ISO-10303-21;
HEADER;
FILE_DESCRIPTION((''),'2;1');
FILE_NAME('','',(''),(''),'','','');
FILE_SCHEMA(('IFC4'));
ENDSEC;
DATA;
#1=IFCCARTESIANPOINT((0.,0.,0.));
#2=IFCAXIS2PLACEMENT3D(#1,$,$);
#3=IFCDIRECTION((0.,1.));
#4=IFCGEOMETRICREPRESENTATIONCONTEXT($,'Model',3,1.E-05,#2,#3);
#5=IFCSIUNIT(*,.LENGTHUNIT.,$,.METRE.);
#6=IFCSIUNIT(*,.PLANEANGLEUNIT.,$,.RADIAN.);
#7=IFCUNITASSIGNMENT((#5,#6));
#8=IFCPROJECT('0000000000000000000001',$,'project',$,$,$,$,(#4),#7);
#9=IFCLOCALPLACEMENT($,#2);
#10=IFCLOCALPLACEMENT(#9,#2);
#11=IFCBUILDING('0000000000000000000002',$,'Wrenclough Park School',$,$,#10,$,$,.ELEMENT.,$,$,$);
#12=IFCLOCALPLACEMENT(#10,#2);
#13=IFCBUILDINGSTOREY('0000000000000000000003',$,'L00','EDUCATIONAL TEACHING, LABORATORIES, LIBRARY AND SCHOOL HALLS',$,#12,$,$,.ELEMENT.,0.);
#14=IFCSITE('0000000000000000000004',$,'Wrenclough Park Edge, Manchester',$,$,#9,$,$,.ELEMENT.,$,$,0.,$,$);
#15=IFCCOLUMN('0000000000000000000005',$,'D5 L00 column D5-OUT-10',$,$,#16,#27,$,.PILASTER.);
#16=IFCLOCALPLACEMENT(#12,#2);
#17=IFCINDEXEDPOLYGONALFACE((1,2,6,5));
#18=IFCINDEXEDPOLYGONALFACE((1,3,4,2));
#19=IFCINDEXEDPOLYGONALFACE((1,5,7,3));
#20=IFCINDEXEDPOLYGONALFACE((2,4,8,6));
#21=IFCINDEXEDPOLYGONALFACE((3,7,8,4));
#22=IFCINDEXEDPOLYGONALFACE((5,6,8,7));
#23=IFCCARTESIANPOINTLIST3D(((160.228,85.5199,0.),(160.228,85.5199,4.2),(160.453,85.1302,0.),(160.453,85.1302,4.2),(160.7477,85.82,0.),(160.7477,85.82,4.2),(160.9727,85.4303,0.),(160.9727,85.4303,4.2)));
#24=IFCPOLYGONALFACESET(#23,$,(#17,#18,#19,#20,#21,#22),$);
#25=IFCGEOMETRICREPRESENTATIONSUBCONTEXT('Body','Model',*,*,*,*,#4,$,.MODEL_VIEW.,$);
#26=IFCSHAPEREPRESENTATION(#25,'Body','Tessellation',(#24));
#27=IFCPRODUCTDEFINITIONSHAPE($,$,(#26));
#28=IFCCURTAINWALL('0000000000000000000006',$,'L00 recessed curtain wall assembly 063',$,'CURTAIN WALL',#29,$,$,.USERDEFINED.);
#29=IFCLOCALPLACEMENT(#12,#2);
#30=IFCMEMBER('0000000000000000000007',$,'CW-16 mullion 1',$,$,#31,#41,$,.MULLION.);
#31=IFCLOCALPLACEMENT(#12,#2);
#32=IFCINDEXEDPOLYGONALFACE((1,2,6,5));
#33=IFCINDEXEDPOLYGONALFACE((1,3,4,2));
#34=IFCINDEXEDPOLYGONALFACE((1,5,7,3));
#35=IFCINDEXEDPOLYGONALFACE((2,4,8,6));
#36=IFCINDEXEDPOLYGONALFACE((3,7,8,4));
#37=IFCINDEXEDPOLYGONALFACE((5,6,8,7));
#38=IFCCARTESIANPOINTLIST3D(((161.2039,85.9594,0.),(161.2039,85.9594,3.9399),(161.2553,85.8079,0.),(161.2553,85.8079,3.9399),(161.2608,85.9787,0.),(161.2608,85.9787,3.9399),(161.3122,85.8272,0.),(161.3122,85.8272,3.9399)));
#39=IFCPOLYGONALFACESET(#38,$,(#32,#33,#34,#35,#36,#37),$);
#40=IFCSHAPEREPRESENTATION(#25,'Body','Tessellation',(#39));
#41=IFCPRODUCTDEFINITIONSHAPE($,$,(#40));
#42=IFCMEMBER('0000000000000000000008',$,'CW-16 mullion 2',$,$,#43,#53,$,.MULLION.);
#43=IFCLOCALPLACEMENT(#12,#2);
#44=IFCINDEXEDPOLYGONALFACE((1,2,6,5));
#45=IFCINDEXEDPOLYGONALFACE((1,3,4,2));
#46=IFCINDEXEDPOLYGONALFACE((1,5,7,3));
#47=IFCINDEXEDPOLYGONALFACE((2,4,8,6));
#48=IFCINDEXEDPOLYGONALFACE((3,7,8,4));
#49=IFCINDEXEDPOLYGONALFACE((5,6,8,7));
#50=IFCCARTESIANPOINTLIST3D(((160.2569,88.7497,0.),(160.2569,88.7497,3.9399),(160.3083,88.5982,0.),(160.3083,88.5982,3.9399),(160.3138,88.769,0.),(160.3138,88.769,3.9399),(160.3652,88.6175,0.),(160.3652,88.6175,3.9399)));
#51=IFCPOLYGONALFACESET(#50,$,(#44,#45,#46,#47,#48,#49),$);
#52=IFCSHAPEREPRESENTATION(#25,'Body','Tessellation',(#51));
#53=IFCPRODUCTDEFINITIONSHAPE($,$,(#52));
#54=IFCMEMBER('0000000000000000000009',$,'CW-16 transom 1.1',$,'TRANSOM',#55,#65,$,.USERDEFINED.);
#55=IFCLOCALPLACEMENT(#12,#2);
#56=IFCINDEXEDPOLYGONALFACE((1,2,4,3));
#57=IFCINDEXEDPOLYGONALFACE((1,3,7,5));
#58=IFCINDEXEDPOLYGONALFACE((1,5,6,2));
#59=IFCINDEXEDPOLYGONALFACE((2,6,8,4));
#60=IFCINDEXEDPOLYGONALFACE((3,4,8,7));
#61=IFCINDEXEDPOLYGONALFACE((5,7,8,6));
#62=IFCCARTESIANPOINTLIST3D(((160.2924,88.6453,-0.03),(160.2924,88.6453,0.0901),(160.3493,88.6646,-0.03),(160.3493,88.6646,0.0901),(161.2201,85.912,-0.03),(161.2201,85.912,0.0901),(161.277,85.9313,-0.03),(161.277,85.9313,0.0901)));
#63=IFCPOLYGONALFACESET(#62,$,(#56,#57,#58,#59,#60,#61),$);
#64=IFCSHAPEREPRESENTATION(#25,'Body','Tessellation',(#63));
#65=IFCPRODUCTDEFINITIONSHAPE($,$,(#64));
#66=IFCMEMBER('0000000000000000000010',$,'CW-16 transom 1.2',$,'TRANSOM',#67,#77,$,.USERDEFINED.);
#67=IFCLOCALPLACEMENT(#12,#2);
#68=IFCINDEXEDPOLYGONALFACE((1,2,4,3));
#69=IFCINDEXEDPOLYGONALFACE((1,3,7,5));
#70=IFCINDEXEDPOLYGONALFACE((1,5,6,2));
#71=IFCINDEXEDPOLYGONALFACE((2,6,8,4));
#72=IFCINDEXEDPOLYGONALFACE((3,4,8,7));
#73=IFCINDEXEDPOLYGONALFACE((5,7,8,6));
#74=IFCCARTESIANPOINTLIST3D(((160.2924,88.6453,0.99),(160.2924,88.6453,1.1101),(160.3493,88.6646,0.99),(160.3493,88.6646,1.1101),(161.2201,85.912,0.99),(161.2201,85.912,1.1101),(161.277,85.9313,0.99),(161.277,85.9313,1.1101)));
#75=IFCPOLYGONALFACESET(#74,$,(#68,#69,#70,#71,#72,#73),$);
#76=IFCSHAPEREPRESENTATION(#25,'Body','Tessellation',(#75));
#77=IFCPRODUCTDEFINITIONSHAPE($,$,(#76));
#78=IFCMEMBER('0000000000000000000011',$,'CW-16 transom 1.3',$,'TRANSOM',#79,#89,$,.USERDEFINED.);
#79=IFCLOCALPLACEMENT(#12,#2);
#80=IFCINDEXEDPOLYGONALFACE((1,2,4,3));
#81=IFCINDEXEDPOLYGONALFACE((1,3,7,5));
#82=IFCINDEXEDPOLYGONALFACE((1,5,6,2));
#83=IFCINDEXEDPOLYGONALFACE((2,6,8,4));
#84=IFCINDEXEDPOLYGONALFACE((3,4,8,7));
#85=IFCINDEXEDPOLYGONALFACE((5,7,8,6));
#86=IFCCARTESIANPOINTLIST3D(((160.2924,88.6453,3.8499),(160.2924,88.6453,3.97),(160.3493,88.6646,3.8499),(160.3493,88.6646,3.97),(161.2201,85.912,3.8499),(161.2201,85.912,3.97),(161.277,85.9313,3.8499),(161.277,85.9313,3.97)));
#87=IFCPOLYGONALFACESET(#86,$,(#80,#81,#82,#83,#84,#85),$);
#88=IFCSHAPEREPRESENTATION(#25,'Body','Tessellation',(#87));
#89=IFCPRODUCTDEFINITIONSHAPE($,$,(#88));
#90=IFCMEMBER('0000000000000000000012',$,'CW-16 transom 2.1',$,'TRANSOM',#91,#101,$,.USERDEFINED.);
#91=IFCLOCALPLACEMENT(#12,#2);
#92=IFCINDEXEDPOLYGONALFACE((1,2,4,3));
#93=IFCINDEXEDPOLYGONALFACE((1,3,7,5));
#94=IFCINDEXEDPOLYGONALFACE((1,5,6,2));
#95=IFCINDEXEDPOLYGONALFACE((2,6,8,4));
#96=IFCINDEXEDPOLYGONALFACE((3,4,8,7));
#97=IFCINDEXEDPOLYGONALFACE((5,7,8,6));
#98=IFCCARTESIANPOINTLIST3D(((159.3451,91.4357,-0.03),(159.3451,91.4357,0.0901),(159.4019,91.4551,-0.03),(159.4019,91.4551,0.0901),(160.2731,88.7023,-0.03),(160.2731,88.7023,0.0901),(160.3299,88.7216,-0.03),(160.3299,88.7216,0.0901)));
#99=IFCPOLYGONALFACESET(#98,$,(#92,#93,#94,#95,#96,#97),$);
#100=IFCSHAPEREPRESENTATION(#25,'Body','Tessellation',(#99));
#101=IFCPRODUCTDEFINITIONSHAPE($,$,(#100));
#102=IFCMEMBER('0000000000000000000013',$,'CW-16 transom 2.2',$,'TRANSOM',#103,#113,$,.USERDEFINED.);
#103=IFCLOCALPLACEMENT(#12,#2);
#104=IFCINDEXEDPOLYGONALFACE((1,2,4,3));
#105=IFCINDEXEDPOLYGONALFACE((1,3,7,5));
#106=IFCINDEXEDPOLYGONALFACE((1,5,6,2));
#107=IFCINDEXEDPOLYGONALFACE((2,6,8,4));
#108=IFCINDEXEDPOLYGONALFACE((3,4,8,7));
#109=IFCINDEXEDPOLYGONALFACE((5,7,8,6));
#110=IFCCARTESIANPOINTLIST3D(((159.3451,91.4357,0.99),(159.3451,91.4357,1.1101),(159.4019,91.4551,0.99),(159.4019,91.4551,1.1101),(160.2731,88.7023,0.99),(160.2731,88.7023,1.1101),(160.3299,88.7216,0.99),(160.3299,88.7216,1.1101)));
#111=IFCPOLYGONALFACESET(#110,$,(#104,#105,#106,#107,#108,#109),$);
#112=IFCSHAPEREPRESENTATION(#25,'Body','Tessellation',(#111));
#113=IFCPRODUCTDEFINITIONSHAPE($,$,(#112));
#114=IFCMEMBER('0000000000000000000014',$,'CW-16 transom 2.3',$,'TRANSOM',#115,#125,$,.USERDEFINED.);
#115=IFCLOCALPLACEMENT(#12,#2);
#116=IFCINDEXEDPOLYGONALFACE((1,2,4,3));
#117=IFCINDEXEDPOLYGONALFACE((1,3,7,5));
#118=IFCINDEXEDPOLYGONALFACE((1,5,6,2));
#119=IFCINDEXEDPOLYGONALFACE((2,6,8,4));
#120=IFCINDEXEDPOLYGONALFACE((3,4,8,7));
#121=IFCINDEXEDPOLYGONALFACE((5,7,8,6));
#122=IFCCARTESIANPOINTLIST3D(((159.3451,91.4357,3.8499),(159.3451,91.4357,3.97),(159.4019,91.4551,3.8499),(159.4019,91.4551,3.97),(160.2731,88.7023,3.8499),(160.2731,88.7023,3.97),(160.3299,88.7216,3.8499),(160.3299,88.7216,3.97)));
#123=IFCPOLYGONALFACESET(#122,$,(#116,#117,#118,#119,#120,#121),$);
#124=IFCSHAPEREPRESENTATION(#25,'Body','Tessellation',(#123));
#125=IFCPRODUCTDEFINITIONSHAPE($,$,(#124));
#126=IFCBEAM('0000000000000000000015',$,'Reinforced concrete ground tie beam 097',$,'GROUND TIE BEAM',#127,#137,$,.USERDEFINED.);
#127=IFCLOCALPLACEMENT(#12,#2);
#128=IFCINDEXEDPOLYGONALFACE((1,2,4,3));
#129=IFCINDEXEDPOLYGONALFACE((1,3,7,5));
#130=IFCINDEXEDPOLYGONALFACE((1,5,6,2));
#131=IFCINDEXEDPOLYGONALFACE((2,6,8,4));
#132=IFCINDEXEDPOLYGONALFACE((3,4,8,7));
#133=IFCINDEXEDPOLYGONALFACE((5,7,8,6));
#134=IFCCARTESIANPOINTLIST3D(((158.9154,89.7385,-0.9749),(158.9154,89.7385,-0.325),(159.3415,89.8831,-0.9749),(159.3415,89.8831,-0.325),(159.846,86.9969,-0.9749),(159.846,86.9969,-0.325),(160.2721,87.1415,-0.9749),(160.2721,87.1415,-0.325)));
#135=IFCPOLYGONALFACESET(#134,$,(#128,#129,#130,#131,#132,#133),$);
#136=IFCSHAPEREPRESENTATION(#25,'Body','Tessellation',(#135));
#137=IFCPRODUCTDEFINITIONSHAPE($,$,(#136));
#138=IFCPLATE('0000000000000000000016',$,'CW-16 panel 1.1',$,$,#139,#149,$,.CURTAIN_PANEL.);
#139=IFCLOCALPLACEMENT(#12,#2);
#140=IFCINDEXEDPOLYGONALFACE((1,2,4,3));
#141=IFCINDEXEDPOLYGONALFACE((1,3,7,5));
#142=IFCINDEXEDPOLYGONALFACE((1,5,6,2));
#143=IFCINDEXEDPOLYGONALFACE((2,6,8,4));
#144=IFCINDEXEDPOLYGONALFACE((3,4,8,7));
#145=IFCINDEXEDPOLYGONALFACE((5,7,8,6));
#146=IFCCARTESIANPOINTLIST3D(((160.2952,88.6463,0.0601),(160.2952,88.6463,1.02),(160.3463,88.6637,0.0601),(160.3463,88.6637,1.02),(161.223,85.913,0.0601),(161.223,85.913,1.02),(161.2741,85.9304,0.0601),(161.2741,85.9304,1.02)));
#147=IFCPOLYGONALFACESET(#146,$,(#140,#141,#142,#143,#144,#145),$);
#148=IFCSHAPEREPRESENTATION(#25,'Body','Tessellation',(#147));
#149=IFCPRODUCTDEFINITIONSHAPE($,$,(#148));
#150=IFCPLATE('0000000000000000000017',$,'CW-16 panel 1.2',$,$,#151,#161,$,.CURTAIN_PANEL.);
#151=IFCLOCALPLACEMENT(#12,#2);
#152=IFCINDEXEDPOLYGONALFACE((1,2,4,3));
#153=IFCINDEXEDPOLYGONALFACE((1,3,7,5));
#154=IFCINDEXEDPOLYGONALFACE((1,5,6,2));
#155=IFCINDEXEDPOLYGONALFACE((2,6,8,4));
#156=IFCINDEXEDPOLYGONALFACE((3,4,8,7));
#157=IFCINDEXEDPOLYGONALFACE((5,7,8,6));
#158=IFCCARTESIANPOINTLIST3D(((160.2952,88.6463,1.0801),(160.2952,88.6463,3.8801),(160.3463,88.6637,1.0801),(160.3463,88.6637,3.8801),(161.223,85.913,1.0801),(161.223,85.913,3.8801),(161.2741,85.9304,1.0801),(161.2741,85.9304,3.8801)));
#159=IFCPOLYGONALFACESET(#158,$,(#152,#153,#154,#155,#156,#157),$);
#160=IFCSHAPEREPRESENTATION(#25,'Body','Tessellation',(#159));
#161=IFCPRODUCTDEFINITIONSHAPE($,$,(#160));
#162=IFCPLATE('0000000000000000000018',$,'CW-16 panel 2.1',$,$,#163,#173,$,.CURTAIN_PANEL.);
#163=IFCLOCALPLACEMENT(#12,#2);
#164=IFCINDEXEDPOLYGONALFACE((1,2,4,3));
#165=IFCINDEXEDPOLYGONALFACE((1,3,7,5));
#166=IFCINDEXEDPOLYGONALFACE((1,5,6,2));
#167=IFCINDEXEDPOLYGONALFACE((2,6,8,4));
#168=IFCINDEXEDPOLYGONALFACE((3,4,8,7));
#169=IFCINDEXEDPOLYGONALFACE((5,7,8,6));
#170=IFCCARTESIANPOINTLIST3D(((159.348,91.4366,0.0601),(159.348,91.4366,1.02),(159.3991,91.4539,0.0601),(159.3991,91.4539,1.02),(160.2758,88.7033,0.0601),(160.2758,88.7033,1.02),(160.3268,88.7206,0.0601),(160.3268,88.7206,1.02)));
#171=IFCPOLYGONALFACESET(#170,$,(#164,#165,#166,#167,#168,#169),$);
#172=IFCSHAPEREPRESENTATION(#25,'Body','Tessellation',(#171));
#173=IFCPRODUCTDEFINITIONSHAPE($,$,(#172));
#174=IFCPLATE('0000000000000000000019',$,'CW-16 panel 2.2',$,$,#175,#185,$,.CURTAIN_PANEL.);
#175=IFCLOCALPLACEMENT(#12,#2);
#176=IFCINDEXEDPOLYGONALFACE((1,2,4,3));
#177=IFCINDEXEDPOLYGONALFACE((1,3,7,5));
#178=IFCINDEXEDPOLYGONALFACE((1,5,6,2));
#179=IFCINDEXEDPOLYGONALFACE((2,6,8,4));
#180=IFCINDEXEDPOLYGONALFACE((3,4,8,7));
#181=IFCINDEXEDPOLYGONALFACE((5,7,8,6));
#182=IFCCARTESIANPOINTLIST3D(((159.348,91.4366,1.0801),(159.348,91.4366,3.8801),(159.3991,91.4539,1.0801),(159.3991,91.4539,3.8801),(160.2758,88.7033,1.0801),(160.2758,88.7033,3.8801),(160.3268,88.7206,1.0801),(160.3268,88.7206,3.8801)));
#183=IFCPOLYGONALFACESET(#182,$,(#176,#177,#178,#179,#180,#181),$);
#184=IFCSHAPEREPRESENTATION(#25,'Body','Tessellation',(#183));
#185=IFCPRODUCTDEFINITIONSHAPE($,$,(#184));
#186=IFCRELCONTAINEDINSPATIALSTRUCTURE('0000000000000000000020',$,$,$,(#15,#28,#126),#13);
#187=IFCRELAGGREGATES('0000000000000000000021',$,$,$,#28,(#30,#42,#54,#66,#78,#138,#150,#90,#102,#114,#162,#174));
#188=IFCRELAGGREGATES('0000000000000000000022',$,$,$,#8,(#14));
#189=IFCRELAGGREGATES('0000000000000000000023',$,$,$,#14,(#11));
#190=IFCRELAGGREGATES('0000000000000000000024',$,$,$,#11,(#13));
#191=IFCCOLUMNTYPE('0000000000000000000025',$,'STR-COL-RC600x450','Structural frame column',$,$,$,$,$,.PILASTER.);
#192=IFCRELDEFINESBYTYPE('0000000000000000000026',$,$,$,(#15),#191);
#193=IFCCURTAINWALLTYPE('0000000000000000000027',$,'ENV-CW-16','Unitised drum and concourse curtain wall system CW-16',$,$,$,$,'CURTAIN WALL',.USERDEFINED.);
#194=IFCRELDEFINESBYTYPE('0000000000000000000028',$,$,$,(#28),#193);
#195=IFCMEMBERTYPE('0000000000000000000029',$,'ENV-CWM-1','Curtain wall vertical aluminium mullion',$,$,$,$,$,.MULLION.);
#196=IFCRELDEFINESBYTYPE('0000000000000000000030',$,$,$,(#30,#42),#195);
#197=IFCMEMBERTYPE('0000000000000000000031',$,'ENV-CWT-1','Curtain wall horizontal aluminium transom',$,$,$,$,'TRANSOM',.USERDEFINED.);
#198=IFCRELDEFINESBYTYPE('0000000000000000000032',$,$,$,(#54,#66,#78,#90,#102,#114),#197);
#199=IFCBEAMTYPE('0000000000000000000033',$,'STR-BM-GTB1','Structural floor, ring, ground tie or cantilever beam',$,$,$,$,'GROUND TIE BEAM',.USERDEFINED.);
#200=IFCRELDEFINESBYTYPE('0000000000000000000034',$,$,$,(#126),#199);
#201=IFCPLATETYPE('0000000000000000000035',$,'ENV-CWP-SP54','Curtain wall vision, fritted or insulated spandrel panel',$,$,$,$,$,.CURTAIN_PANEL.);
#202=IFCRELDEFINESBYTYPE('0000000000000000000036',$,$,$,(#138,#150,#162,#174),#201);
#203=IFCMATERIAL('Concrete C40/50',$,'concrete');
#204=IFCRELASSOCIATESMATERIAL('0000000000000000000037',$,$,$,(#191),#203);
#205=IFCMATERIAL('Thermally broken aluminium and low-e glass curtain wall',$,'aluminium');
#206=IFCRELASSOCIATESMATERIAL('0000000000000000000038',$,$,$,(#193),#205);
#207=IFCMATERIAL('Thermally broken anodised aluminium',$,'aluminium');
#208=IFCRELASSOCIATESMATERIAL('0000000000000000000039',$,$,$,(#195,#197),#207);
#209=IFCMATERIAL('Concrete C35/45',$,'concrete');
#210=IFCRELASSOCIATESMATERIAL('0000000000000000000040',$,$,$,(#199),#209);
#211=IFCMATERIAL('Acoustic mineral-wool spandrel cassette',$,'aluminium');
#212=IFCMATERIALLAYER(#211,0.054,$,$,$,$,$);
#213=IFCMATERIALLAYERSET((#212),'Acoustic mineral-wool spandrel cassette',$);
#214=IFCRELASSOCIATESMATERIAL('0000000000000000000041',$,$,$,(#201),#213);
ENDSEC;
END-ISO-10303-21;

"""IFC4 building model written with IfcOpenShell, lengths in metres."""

from ifc_helpers import new_model, si_unit, direction, frame, origin, origin_2d, place, context, subcontext, project, spatial, rectangle, extrude, material, layer, layer_set, material_profile, profile_set, type_object, element, aggregate, save


model = new_model("IFC4")

# Units and contexts
model_context = context("Model", 3, precision=1e-05, world=origin(), true_north=direction((0.0, 1.0)))
body_context = subcontext(model_context, "Body", "Model", "MODEL_VIEW")
ifc_project = project(units=[si_unit("LENGTHUNIT", "METRE"), si_unit("PLANEANGLEUNIT", "RADIAN")], contexts=[model_context])

# Site, building, storey
site_placement = place(None, origin())
site = spatial("IfcSite", under=ifc_project, at=site_placement, Name="Wrenclough Park Edge, Manchester", CompositionType="ELEMENT", RefElevation=0.0)
building_placement = place(site_placement, origin())
building = spatial("IfcBuilding", under=site, at=building_placement, Name="Wrenclough Park School", CompositionType="ELEMENT")
storey_placement = place(building_placement, origin())
storey = spatial("IfcBuildingStorey", under=building, at=storey_placement, Name="L00", Description="EDUCATIONAL TEACHING, LABORATORIES, LIBRARY AND SCHOOL HALLS", CompositionType="ELEMENT", Elevation=0.0)

# Shared definitions
ifc_material_1 = material(Name="Concrete C35/45", Category="concrete")

# Column
ifc_material_2 = material(Name="Concrete C40/50", Category="concrete")
ifc_material_profile_1 = material_profile(ifc_material_2, rectangle(XDim=0.45, YDim=0.6001, at=origin_2d()), Name="RC COL 600x450")
ifc_profile_set_1 = profile_set([ifc_material_profile_1], Name="Concrete C40/50")
column_type = type_object("IfcColumnType", Name="STR-COL-RC600x450", Description="Structural frame column", PredefinedType="PILASTER", material=ifc_profile_set_1)
for number, where, z_axis, x_axis, name in (
    (1, (160.6003, 85.4751, 0.0), (0.0, 0.0, 1.0), (0.5, -0.866025, 0.0), "D5 L00 column D5-OUT-10"),
):
    element("IfcColumn", number, at=place(storey_placement, frame(where, z_axis=z_axis, x_axis=x_axis)), inside=storey, type_object=column_type, Name=name, PredefinedType="PILASTER", context=body_context, shape_type="SweptSolid", body=[
        extrude(rectangle(XDim=0.45, YDim=0.6001, at=origin_2d()), origin(), (0.0, 0.0, 1.0), 4.2),
    ])

# Curtain wall, members
ifc_material_3 = material(Name="Thermally broken aluminium and low-e glass curtain wall", Category="aluminium")
curtain_wall_type = type_object("IfcCurtainWallType", Name="ENV-CW-16", Description="Unitised drum and concourse curtain wall system CW-16", ElementType="CURTAIN WALL", PredefinedType="USERDEFINED", material=ifc_material_3)
curtain_wall_placement = place(storey_placement, origin())
curtain_wall = element("IfcCurtainWall", 2, at=curtain_wall_placement, inside=storey, type_object=curtain_wall_type, Name="L00 recessed curtain wall assembly 063", ObjectType="CURTAIN WALL", PredefinedType="USERDEFINED")
ifc_material_4 = material(Name="Thermally broken anodised aluminium", Category="aluminium")
ifc_material_profile_2 = material_profile(ifc_material_4, rectangle(XDim=0.0601, YDim=0.1599, at=origin_2d()), Name="AL MULLION 60x160")
ifc_profile_set_2 = profile_set([ifc_material_profile_2], Name="Thermally broken anodised aluminium")
member_type_1 = type_object("IfcMemberType", Name="ENV-CWM-1", Description="Curtain wall vertical aluminium mullion", PredefinedType="MULLION", material=ifc_profile_set_2)
member_1_placement = place(storey_placement, frame((161.2581, 85.8933, 0.0), z_axis=(0.0, 0.0, 1.0), x_axis=(-0.946934, -0.321429, 0.0)))
member_1 = element("IfcMember", 3, at=member_1_placement, type_object=member_type_1, Name="CW-16 mullion 1", PredefinedType="MULLION", context=body_context, shape_type="SweptSolid", body=[
    extrude(rectangle(XDim=0.0601, YDim=0.1599, at=origin_2d()), origin(), (0.0, 0.0, 1.0), 3.9399),
])
member_2_placement = place(storey_placement, frame((160.311, 88.6836, 0.0), z_axis=(0.0, 0.0, 1.0), x_axis=(-0.946934, -0.321429, 0.0)))
member_2 = element("IfcMember", 4, at=member_2_placement, type_object=member_type_1, Name="CW-16 mullion 2", PredefinedType="MULLION", context=body_context, shape_type="SweptSolid", body=[
    extrude(rectangle(XDim=0.0601, YDim=0.1599, at=origin_2d()), origin(), (0.0, 0.0, 1.0), 3.9399),
])
ifc_material_profile_3 = material_profile(ifc_material_4, rectangle(XDim=0.0601, YDim=0.1201, at=origin_2d()), Name="AL TRANSOM 60x120")
ifc_profile_set_3 = profile_set([ifc_material_profile_3], Name="Thermally broken anodised aluminium")
member_type_2 = type_object("IfcMemberType", Name="ENV-CWT-1", Description="Curtain wall horizontal aluminium transom", ElementType="TRANSOM", PredefinedType="USERDEFINED", material=ifc_profile_set_3)
member_3_placement = place(storey_placement, frame((161.2485, 85.9216, 0.03), z_axis=(-0.321399, 0.946944, 0.0), x_axis=(-0.946944, -0.321399, 0.0)))
member_3 = element("IfcMember", 5, at=member_3_placement, type_object=member_type_2, Name="CW-16 transom 1.1", ObjectType="TRANSOM", PredefinedType="USERDEFINED", context=body_context, shape_type="SweptSolid", body=[
    extrude(rectangle(XDim=0.0601, YDim=0.1201, at=origin_2d()), origin(), (0.0, 0.0, 1.0), 2.8865),
])
member_4_placement = place(storey_placement, frame((161.2485, 85.9216, 1.05), z_axis=(-0.321399, 0.946944, 0.0), x_axis=(-0.946944, -0.321399, 0.0)))
member_4 = element("IfcMember", 6, at=member_4_placement, type_object=member_type_2, Name="CW-16 transom 1.2", ObjectType="TRANSOM", PredefinedType="USERDEFINED", context=body_context, shape_type="SweptSolid", body=[
    extrude(rectangle(XDim=0.0601, YDim=0.1201, at=origin_2d()), origin(), (0.0, 0.0, 1.0), 2.8865),
])
member_5_placement = place(storey_placement, frame((161.2485, 85.9216, 3.9099), z_axis=(-0.321399, 0.946944, 0.0), x_axis=(-0.946944, -0.321399, 0.0)))
member_5 = element("IfcMember", 7, at=member_5_placement, type_object=member_type_2, Name="CW-16 transom 1.3", ObjectType="TRANSOM", PredefinedType="USERDEFINED", context=body_context, shape_type="SweptSolid", body=[
    extrude(rectangle(XDim=0.0601, YDim=0.1201, at=origin_2d()), origin(), (0.0, 0.0, 1.0), 2.8865),
])
member_6_placement = place(storey_placement, frame((160.3015, 88.7119, 0.03), z_axis=(-0.321475, 0.946918, 0.0), x_axis=(-0.946918, -0.321475, 0.0)))
member_6 = element("IfcMember", 8, at=member_6_placement, type_object=member_type_2, Name="CW-16 transom 2.1", ObjectType="TRANSOM", PredefinedType="USERDEFINED", context=body_context, shape_type="SweptSolid", body=[
    extrude(rectangle(XDim=0.0601, YDim=0.1201, at=origin_2d()), origin(), (0.0, 0.0, 1.0), 2.8867),
])
member_7_placement = place(storey_placement, frame((160.3015, 88.7119, 1.05), z_axis=(-0.321475, 0.946918, 0.0), x_axis=(-0.946918, -0.321475, 0.0)))
member_7 = element("IfcMember", 9, at=member_7_placement, type_object=member_type_2, Name="CW-16 transom 2.2", ObjectType="TRANSOM", PredefinedType="USERDEFINED", context=body_context, shape_type="SweptSolid", body=[
    extrude(rectangle(XDim=0.0601, YDim=0.1201, at=origin_2d()), origin(), (0.0, 0.0, 1.0), 2.8867),
])
member_8_placement = place(storey_placement, frame((160.3015, 88.7119, 3.9099), z_axis=(-0.321475, 0.946918, 0.0), x_axis=(-0.946918, -0.321475, 0.0)))
member_8 = element("IfcMember", 10, at=member_8_placement, type_object=member_type_2, Name="CW-16 transom 2.3", ObjectType="TRANSOM", PredefinedType="USERDEFINED", context=body_context, shape_type="SweptSolid", body=[
    extrude(rectangle(XDim=0.0601, YDim=0.1201, at=origin_2d()), origin(), (0.0, 0.0, 1.0), 2.8867),
])

# Beam
ifc_material_profile_4 = material_profile(ifc_material_1, rectangle(XDim=0.45, YDim=0.6499, at=origin_2d()), Name="RC GROUND 450x650")
ifc_profile_set_4 = profile_set([ifc_material_profile_4], Name="Concrete C35/45")
beam_type = type_object("IfcBeamType", Name="STR-BM-GTB1", Description="Structural floor, ring, ground tie or cantilever beam", ElementType="GROUND TIE BEAM", PredefinedType="USERDEFINED", material=ifc_profile_set_4)
beam_placement = place(storey_placement, frame((159.1284, 89.8108, -0.6499), z_axis=(0.321434, -0.946932, 0.0), x_axis=(0.946932, 0.321434, 0.0)))
element("IfcBeam", 11, at=beam_placement, inside=storey, type_object=beam_type, Name="Reinforced concrete ground tie beam 097", ObjectType="GROUND TIE BEAM", PredefinedType="USERDEFINED", context=body_context, shape_type="SweptSolid", body=[
    extrude(rectangle(XDim=0.45, YDim=0.6499, at=origin_2d()), origin(), (0.0, 0.0, 1.0), 2.8953),
])

# Plates
ifc_material_5 = material(Name="Acoustic mineral-wool spandrel cassette", Category="aluminium")
ifc_layer_1 = layer(ifc_material_5, 0.054)
ifc_layer_set_1 = layer_set([ifc_layer_1], Name="Acoustic mineral-wool spandrel cassette")
plate_type_1 = type_object("IfcPlateType", Name="ENV-CWP-SP54", Description="Curtain wall vision, fritted or insulated spandrel panel", PredefinedType="CURTAIN_PANEL", material=ifc_layer_set_1)
plate_1_placement = place(storey_placement, frame((160.7847, 87.2883, 0.0601), z_axis=(0.0, 0.0, 1.0), x_axis=(-0.321429, 0.946934, 0.0)))
plate_1 = element("IfcPlate", 12, at=plate_1_placement, type_object=plate_type_1, Name="CW-16 panel 1.1", PredefinedType="CURTAIN_PANEL", context=body_context, shape_type="SweptSolid", body=[
    extrude(rectangle(XDim=2.8865, YDim=0.054, at=origin_2d()), origin(), (0.0, 0.0, 1.0), 0.96),
])
plate_2_placement = place(storey_placement, frame((160.7847, 87.2883, 1.0801), z_axis=(0.0, 0.0, 1.0), x_axis=(-0.321429, 0.946934, 0.0)))
plate_2 = element("IfcPlate", 13, at=plate_2_placement, type_object=plate_type_1, Name="CW-16 panel 1.2", PredefinedType="CURTAIN_PANEL", context=body_context, shape_type="SweptSolid", body=[
    extrude(rectangle(XDim=2.8865, YDim=0.054, at=origin_2d()), origin(), (0.0, 0.0, 1.0), 2.8),
])
plate_3_placement = place(storey_placement, frame((159.8374, 90.0786, 0.0601), z_axis=(0.0, 0.0, 1.0), x_axis=(-0.321429, 0.946934, 0.0)))
plate_3 = element("IfcPlate", 14, at=plate_3_placement, type_object=plate_type_1, Name="CW-16 panel 2.1", PredefinedType="CURTAIN_PANEL", context=body_context, shape_type="SweptSolid", body=[
    extrude(rectangle(XDim=2.8865, YDim=0.054, at=origin_2d()), origin(), (0.0, 0.0, 1.0), 0.96),
])
plate_4_placement = place(storey_placement, frame((159.8374, 90.0786, 1.0801), z_axis=(0.0, 0.0, 1.0), x_axis=(-0.321429, 0.946934, 0.0)))
plate_4 = element("IfcPlate", 15, at=plate_4_placement, type_object=plate_type_1, Name="CW-16 panel 2.2", PredefinedType="CURTAIN_PANEL", context=body_context, shape_type="SweptSolid", body=[
    extrude(rectangle(XDim=2.8865, YDim=0.054, at=origin_2d()), origin(), (0.0, 0.0, 1.0), 2.8),
])
aggregate(curtain_wall, [member_1, member_2, member_3, member_4, member_5, plate_1, plate_2, member_6, member_7, member_8, plate_3, plate_4])

save(model, "model.ifc")
